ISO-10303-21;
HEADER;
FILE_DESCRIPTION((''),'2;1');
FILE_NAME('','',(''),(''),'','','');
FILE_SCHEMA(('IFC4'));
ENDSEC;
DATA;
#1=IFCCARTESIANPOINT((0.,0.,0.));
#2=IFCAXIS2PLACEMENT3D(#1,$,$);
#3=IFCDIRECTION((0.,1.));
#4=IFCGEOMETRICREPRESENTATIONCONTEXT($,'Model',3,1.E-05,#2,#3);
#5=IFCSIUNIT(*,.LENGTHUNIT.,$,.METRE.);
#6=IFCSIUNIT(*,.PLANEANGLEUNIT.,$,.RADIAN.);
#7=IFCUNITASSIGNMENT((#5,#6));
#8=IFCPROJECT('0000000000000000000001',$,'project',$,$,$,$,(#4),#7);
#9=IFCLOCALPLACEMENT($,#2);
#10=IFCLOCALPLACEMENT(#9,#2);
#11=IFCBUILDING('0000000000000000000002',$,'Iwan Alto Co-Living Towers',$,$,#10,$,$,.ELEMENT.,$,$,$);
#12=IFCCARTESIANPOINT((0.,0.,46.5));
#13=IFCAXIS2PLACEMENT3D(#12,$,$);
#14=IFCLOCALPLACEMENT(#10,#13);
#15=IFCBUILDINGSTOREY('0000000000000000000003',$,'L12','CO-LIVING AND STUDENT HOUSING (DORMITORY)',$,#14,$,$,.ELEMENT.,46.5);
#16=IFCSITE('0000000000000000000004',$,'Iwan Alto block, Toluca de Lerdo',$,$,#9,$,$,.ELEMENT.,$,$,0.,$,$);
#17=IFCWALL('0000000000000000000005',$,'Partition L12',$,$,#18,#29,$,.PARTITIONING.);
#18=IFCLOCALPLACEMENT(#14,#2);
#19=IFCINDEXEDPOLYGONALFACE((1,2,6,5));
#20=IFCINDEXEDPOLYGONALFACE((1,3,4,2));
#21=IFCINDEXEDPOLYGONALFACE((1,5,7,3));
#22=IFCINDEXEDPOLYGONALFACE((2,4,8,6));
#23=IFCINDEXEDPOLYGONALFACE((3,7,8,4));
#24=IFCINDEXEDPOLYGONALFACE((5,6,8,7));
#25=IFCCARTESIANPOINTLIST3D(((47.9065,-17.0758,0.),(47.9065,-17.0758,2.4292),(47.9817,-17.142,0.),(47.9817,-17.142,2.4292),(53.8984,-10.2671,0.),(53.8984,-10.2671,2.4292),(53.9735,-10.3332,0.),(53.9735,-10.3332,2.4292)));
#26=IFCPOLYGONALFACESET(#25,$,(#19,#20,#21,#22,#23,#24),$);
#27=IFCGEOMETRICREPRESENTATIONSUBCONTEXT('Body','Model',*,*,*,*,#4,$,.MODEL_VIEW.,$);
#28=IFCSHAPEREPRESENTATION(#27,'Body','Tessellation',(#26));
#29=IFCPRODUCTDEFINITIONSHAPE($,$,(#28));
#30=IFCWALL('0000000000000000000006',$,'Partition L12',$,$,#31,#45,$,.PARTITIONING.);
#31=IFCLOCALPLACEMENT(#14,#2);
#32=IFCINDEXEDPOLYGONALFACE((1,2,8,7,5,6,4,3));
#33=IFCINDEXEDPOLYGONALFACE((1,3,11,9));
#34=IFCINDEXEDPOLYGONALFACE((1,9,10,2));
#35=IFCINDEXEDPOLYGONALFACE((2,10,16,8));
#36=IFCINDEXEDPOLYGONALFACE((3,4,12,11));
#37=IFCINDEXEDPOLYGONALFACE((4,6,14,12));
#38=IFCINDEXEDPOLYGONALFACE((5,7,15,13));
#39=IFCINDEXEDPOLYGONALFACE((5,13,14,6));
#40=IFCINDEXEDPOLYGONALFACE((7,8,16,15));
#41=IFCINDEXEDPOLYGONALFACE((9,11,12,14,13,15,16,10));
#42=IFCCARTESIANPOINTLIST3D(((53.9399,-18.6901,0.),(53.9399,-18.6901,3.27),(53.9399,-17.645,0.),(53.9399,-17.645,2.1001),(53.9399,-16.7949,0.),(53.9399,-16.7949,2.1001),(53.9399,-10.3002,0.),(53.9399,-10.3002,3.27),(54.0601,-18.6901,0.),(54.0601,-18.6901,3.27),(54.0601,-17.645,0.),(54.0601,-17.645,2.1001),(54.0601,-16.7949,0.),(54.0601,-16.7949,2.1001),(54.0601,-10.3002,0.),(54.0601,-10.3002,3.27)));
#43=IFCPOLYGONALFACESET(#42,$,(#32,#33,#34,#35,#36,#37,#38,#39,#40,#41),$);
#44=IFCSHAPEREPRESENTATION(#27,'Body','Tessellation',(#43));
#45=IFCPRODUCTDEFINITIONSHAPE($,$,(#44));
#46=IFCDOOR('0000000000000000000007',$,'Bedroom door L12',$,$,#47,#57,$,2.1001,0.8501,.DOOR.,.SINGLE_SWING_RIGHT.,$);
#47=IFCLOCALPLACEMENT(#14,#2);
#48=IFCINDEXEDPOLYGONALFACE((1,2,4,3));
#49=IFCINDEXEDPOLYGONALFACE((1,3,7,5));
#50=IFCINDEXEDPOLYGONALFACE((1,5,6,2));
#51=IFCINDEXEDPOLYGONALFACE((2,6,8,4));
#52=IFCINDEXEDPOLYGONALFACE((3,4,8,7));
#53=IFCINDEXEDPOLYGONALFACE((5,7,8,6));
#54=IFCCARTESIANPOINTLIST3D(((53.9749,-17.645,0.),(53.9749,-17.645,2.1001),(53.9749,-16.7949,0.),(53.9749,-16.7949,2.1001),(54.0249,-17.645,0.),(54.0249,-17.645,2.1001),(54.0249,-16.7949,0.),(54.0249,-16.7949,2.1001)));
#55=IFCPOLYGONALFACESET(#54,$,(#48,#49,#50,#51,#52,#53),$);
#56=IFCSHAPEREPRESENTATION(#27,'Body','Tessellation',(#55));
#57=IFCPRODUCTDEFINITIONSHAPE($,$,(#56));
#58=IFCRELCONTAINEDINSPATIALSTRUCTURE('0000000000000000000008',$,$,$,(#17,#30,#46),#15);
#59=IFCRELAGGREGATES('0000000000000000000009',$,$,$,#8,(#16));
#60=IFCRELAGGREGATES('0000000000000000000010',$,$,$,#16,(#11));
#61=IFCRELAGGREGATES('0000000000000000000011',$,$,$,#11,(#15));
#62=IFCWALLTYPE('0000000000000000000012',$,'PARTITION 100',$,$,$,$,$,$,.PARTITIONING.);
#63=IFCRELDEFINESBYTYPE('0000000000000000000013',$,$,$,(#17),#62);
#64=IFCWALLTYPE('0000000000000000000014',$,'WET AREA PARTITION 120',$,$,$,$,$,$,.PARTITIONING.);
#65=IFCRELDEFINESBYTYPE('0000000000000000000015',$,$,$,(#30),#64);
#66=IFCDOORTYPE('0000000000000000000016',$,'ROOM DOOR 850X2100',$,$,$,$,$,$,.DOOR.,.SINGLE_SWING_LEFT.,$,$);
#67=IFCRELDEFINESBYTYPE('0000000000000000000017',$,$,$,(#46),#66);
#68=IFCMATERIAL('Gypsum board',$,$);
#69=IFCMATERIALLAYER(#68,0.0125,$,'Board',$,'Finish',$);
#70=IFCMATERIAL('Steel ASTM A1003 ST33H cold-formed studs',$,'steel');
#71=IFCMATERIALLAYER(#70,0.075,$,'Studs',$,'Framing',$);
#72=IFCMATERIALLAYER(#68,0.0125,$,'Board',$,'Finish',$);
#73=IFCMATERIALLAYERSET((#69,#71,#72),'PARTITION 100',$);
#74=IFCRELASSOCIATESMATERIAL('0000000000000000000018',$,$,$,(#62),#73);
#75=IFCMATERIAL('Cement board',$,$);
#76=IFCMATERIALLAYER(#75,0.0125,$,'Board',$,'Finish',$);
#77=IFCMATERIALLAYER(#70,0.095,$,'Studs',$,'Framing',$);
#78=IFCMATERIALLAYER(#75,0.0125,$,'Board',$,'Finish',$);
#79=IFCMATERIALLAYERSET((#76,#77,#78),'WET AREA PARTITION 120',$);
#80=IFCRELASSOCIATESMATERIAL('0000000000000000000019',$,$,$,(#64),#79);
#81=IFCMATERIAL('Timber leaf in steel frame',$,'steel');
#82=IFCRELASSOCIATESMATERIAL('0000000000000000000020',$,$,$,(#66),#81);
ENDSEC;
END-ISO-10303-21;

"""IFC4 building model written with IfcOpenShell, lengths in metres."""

from ifc_helpers import new_model, si_unit, direction, frame, frame_2d, origin, place, context, subcontext, project, spatial, rectangle, extrude, material, layer, layer_set, type_object, element, fill, save


model = new_model("IFC4")

# Units and contexts
model_context = context("Model", 3, precision=1e-05, world=origin(), true_north=direction((0.0, 1.0)))
body_context = subcontext(model_context, "Body", "Model", "MODEL_VIEW")
ifc_project = project(units=[si_unit("LENGTHUNIT", "METRE"), si_unit("PLANEANGLEUNIT", "RADIAN")], contexts=[model_context])

# Site, building, storey
site_placement = place(None, origin())
site = spatial("IfcSite", under=ifc_project, at=site_placement, Name="Iwan Alto block, Toluca de Lerdo", CompositionType="ELEMENT", RefElevation=0.0)
building_placement = place(site_placement, origin())
building = spatial("IfcBuilding", under=site, at=building_placement, Name="Iwan Alto Co-Living Towers", CompositionType="ELEMENT")
storey_placement = place(building_placement, frame((0.0, 0.0, 46.5)))
storey = spatial("IfcBuildingStorey", under=building, at=storey_placement, Name="L12", Description="CO-LIVING AND STUDENT HOUSING (DORMITORY)", CompositionType="ELEMENT", Elevation=46.5)

# Wall
ifc_material_1 = material(Name="Gypsum board")
ifc_layer_1 = layer(ifc_material_1, 0.0125, Name="Board", Category="Finish")
ifc_material_2 = material(Name="Steel ASTM A1003 ST33H cold-formed studs", Category="steel")
ifc_layer_2 = layer(ifc_material_2, 0.075, Name="Studs", Category="Framing")
ifc_layer_3 = layer(ifc_material_1, 0.0125, Name="Board", Category="Finish")
ifc_layer_set_1 = layer_set([ifc_layer_1, ifc_layer_2, ifc_layer_3], Name="PARTITION 100")
wall_type_1 = type_object("IfcWallType", Name="PARTITION 100", PredefinedType="PARTITIONING", material=ifc_layer_set_1)
wall_1_placement = place(storey_placement, frame((47.9441, -17.1089, 0.0), z_axis=(0.0, 0.0, 1.0), x_axis=(0.660638, 0.750704, 0.0)))
element("IfcWall", 1, at=wall_1_placement, inside=storey, type_object=wall_type_1, Name="Partition L12", PredefinedType="PARTITIONING", context=body_context, shape_type="SweptSolid", body=[
    extrude(rectangle(XDim=9.0698, YDim=0.1001, at=frame_2d((4.5349, 0.0))), origin(), (0.0, 0.0, 1.0), 2.4292),
])

# Wall, opening, door
ifc_material_3 = material(Name="Cement board")
ifc_layer_4 = layer(ifc_material_3, 0.0125, Name="Board", Category="Finish")
ifc_layer_5 = layer(ifc_material_2, 0.095, Name="Studs", Category="Framing")
ifc_layer_6 = layer(ifc_material_3, 0.0125, Name="Board", Category="Finish")
ifc_layer_set_2 = layer_set([ifc_layer_4, ifc_layer_5, ifc_layer_6], Name="WET AREA PARTITION 120")
wall_type_2 = type_object("IfcWallType", Name="WET AREA PARTITION 120", PredefinedType="PARTITIONING", material=ifc_layer_set_2)
wall_2_placement = place(storey_placement, frame((54.0, -18.6899, 0.0), z_axis=(0.0, 0.0, 1.0), x_axis=(0.0, 1.0, 0.0)))
wall_2 = element("IfcWall", 2, at=wall_2_placement, inside=storey, type_object=wall_type_2, Name="Partition L12", PredefinedType="PARTITIONING", context=body_context, shape_type="SweptSolid", body=[
    extrude(rectangle(XDim=8.3899, YDim=0.1201, at=frame_2d((4.1948, 0.0))), origin(), (0.0, 0.0, 1.0), 3.27),
])
opening_placement = place(wall_2_placement, frame((1.0449, 0.0, 0.0)))
opening = element("IfcOpeningElement", 3, at=opening_placement, cuts=wall_2, PredefinedType="OPENING", context=body_context, shape_type="SweptSolid", body=[
    extrude(rectangle(XDim=0.8501, YDim=2.1001, at=frame_2d((0.425, 1.05))), frame((0.0, 0.0701, 0.0), z_axis=(0.0, -1.0, 0.0), x_axis=(1.0, 0.0, 0.0)), (0.0, 0.0, 1.0), 0.1401),
])
ifc_material_4 = material(Name="Timber leaf in steel frame", Category="steel")
door_type = type_object("IfcDoorType", Name="ROOM DOOR 850X2100", OperationType="SINGLE_SWING_LEFT", PredefinedType="DOOR", material=ifc_material_4)
door_placement = place(opening_placement, frame((0.8501, 0.0, 0.0), z_axis=(0.0, 0.0, 1.0), x_axis=(-1.0, 0.0, 0.0)))
door = element("IfcDoor", 4, at=door_placement, inside=storey, type_object=door_type, Name="Bedroom door L12", OperationType="SINGLE_SWING_RIGHT", OverallHeight=2.1001, OverallWidth=0.8501, PredefinedType="DOOR", context=body_context, shape_type="SweptSolid", body=[
    extrude(rectangle(XDim=0.8501, YDim=2.1001, at=frame_2d((0.425, 1.05))), frame((0.0, 0.0249, 0.0), z_axis=(0.0, -1.0, 0.0), x_axis=(1.0, 0.0, 0.0)), (0.0, 0.0, 1.0), 0.05),
])
fill(opening, door)

save(model, "model.ifc")
